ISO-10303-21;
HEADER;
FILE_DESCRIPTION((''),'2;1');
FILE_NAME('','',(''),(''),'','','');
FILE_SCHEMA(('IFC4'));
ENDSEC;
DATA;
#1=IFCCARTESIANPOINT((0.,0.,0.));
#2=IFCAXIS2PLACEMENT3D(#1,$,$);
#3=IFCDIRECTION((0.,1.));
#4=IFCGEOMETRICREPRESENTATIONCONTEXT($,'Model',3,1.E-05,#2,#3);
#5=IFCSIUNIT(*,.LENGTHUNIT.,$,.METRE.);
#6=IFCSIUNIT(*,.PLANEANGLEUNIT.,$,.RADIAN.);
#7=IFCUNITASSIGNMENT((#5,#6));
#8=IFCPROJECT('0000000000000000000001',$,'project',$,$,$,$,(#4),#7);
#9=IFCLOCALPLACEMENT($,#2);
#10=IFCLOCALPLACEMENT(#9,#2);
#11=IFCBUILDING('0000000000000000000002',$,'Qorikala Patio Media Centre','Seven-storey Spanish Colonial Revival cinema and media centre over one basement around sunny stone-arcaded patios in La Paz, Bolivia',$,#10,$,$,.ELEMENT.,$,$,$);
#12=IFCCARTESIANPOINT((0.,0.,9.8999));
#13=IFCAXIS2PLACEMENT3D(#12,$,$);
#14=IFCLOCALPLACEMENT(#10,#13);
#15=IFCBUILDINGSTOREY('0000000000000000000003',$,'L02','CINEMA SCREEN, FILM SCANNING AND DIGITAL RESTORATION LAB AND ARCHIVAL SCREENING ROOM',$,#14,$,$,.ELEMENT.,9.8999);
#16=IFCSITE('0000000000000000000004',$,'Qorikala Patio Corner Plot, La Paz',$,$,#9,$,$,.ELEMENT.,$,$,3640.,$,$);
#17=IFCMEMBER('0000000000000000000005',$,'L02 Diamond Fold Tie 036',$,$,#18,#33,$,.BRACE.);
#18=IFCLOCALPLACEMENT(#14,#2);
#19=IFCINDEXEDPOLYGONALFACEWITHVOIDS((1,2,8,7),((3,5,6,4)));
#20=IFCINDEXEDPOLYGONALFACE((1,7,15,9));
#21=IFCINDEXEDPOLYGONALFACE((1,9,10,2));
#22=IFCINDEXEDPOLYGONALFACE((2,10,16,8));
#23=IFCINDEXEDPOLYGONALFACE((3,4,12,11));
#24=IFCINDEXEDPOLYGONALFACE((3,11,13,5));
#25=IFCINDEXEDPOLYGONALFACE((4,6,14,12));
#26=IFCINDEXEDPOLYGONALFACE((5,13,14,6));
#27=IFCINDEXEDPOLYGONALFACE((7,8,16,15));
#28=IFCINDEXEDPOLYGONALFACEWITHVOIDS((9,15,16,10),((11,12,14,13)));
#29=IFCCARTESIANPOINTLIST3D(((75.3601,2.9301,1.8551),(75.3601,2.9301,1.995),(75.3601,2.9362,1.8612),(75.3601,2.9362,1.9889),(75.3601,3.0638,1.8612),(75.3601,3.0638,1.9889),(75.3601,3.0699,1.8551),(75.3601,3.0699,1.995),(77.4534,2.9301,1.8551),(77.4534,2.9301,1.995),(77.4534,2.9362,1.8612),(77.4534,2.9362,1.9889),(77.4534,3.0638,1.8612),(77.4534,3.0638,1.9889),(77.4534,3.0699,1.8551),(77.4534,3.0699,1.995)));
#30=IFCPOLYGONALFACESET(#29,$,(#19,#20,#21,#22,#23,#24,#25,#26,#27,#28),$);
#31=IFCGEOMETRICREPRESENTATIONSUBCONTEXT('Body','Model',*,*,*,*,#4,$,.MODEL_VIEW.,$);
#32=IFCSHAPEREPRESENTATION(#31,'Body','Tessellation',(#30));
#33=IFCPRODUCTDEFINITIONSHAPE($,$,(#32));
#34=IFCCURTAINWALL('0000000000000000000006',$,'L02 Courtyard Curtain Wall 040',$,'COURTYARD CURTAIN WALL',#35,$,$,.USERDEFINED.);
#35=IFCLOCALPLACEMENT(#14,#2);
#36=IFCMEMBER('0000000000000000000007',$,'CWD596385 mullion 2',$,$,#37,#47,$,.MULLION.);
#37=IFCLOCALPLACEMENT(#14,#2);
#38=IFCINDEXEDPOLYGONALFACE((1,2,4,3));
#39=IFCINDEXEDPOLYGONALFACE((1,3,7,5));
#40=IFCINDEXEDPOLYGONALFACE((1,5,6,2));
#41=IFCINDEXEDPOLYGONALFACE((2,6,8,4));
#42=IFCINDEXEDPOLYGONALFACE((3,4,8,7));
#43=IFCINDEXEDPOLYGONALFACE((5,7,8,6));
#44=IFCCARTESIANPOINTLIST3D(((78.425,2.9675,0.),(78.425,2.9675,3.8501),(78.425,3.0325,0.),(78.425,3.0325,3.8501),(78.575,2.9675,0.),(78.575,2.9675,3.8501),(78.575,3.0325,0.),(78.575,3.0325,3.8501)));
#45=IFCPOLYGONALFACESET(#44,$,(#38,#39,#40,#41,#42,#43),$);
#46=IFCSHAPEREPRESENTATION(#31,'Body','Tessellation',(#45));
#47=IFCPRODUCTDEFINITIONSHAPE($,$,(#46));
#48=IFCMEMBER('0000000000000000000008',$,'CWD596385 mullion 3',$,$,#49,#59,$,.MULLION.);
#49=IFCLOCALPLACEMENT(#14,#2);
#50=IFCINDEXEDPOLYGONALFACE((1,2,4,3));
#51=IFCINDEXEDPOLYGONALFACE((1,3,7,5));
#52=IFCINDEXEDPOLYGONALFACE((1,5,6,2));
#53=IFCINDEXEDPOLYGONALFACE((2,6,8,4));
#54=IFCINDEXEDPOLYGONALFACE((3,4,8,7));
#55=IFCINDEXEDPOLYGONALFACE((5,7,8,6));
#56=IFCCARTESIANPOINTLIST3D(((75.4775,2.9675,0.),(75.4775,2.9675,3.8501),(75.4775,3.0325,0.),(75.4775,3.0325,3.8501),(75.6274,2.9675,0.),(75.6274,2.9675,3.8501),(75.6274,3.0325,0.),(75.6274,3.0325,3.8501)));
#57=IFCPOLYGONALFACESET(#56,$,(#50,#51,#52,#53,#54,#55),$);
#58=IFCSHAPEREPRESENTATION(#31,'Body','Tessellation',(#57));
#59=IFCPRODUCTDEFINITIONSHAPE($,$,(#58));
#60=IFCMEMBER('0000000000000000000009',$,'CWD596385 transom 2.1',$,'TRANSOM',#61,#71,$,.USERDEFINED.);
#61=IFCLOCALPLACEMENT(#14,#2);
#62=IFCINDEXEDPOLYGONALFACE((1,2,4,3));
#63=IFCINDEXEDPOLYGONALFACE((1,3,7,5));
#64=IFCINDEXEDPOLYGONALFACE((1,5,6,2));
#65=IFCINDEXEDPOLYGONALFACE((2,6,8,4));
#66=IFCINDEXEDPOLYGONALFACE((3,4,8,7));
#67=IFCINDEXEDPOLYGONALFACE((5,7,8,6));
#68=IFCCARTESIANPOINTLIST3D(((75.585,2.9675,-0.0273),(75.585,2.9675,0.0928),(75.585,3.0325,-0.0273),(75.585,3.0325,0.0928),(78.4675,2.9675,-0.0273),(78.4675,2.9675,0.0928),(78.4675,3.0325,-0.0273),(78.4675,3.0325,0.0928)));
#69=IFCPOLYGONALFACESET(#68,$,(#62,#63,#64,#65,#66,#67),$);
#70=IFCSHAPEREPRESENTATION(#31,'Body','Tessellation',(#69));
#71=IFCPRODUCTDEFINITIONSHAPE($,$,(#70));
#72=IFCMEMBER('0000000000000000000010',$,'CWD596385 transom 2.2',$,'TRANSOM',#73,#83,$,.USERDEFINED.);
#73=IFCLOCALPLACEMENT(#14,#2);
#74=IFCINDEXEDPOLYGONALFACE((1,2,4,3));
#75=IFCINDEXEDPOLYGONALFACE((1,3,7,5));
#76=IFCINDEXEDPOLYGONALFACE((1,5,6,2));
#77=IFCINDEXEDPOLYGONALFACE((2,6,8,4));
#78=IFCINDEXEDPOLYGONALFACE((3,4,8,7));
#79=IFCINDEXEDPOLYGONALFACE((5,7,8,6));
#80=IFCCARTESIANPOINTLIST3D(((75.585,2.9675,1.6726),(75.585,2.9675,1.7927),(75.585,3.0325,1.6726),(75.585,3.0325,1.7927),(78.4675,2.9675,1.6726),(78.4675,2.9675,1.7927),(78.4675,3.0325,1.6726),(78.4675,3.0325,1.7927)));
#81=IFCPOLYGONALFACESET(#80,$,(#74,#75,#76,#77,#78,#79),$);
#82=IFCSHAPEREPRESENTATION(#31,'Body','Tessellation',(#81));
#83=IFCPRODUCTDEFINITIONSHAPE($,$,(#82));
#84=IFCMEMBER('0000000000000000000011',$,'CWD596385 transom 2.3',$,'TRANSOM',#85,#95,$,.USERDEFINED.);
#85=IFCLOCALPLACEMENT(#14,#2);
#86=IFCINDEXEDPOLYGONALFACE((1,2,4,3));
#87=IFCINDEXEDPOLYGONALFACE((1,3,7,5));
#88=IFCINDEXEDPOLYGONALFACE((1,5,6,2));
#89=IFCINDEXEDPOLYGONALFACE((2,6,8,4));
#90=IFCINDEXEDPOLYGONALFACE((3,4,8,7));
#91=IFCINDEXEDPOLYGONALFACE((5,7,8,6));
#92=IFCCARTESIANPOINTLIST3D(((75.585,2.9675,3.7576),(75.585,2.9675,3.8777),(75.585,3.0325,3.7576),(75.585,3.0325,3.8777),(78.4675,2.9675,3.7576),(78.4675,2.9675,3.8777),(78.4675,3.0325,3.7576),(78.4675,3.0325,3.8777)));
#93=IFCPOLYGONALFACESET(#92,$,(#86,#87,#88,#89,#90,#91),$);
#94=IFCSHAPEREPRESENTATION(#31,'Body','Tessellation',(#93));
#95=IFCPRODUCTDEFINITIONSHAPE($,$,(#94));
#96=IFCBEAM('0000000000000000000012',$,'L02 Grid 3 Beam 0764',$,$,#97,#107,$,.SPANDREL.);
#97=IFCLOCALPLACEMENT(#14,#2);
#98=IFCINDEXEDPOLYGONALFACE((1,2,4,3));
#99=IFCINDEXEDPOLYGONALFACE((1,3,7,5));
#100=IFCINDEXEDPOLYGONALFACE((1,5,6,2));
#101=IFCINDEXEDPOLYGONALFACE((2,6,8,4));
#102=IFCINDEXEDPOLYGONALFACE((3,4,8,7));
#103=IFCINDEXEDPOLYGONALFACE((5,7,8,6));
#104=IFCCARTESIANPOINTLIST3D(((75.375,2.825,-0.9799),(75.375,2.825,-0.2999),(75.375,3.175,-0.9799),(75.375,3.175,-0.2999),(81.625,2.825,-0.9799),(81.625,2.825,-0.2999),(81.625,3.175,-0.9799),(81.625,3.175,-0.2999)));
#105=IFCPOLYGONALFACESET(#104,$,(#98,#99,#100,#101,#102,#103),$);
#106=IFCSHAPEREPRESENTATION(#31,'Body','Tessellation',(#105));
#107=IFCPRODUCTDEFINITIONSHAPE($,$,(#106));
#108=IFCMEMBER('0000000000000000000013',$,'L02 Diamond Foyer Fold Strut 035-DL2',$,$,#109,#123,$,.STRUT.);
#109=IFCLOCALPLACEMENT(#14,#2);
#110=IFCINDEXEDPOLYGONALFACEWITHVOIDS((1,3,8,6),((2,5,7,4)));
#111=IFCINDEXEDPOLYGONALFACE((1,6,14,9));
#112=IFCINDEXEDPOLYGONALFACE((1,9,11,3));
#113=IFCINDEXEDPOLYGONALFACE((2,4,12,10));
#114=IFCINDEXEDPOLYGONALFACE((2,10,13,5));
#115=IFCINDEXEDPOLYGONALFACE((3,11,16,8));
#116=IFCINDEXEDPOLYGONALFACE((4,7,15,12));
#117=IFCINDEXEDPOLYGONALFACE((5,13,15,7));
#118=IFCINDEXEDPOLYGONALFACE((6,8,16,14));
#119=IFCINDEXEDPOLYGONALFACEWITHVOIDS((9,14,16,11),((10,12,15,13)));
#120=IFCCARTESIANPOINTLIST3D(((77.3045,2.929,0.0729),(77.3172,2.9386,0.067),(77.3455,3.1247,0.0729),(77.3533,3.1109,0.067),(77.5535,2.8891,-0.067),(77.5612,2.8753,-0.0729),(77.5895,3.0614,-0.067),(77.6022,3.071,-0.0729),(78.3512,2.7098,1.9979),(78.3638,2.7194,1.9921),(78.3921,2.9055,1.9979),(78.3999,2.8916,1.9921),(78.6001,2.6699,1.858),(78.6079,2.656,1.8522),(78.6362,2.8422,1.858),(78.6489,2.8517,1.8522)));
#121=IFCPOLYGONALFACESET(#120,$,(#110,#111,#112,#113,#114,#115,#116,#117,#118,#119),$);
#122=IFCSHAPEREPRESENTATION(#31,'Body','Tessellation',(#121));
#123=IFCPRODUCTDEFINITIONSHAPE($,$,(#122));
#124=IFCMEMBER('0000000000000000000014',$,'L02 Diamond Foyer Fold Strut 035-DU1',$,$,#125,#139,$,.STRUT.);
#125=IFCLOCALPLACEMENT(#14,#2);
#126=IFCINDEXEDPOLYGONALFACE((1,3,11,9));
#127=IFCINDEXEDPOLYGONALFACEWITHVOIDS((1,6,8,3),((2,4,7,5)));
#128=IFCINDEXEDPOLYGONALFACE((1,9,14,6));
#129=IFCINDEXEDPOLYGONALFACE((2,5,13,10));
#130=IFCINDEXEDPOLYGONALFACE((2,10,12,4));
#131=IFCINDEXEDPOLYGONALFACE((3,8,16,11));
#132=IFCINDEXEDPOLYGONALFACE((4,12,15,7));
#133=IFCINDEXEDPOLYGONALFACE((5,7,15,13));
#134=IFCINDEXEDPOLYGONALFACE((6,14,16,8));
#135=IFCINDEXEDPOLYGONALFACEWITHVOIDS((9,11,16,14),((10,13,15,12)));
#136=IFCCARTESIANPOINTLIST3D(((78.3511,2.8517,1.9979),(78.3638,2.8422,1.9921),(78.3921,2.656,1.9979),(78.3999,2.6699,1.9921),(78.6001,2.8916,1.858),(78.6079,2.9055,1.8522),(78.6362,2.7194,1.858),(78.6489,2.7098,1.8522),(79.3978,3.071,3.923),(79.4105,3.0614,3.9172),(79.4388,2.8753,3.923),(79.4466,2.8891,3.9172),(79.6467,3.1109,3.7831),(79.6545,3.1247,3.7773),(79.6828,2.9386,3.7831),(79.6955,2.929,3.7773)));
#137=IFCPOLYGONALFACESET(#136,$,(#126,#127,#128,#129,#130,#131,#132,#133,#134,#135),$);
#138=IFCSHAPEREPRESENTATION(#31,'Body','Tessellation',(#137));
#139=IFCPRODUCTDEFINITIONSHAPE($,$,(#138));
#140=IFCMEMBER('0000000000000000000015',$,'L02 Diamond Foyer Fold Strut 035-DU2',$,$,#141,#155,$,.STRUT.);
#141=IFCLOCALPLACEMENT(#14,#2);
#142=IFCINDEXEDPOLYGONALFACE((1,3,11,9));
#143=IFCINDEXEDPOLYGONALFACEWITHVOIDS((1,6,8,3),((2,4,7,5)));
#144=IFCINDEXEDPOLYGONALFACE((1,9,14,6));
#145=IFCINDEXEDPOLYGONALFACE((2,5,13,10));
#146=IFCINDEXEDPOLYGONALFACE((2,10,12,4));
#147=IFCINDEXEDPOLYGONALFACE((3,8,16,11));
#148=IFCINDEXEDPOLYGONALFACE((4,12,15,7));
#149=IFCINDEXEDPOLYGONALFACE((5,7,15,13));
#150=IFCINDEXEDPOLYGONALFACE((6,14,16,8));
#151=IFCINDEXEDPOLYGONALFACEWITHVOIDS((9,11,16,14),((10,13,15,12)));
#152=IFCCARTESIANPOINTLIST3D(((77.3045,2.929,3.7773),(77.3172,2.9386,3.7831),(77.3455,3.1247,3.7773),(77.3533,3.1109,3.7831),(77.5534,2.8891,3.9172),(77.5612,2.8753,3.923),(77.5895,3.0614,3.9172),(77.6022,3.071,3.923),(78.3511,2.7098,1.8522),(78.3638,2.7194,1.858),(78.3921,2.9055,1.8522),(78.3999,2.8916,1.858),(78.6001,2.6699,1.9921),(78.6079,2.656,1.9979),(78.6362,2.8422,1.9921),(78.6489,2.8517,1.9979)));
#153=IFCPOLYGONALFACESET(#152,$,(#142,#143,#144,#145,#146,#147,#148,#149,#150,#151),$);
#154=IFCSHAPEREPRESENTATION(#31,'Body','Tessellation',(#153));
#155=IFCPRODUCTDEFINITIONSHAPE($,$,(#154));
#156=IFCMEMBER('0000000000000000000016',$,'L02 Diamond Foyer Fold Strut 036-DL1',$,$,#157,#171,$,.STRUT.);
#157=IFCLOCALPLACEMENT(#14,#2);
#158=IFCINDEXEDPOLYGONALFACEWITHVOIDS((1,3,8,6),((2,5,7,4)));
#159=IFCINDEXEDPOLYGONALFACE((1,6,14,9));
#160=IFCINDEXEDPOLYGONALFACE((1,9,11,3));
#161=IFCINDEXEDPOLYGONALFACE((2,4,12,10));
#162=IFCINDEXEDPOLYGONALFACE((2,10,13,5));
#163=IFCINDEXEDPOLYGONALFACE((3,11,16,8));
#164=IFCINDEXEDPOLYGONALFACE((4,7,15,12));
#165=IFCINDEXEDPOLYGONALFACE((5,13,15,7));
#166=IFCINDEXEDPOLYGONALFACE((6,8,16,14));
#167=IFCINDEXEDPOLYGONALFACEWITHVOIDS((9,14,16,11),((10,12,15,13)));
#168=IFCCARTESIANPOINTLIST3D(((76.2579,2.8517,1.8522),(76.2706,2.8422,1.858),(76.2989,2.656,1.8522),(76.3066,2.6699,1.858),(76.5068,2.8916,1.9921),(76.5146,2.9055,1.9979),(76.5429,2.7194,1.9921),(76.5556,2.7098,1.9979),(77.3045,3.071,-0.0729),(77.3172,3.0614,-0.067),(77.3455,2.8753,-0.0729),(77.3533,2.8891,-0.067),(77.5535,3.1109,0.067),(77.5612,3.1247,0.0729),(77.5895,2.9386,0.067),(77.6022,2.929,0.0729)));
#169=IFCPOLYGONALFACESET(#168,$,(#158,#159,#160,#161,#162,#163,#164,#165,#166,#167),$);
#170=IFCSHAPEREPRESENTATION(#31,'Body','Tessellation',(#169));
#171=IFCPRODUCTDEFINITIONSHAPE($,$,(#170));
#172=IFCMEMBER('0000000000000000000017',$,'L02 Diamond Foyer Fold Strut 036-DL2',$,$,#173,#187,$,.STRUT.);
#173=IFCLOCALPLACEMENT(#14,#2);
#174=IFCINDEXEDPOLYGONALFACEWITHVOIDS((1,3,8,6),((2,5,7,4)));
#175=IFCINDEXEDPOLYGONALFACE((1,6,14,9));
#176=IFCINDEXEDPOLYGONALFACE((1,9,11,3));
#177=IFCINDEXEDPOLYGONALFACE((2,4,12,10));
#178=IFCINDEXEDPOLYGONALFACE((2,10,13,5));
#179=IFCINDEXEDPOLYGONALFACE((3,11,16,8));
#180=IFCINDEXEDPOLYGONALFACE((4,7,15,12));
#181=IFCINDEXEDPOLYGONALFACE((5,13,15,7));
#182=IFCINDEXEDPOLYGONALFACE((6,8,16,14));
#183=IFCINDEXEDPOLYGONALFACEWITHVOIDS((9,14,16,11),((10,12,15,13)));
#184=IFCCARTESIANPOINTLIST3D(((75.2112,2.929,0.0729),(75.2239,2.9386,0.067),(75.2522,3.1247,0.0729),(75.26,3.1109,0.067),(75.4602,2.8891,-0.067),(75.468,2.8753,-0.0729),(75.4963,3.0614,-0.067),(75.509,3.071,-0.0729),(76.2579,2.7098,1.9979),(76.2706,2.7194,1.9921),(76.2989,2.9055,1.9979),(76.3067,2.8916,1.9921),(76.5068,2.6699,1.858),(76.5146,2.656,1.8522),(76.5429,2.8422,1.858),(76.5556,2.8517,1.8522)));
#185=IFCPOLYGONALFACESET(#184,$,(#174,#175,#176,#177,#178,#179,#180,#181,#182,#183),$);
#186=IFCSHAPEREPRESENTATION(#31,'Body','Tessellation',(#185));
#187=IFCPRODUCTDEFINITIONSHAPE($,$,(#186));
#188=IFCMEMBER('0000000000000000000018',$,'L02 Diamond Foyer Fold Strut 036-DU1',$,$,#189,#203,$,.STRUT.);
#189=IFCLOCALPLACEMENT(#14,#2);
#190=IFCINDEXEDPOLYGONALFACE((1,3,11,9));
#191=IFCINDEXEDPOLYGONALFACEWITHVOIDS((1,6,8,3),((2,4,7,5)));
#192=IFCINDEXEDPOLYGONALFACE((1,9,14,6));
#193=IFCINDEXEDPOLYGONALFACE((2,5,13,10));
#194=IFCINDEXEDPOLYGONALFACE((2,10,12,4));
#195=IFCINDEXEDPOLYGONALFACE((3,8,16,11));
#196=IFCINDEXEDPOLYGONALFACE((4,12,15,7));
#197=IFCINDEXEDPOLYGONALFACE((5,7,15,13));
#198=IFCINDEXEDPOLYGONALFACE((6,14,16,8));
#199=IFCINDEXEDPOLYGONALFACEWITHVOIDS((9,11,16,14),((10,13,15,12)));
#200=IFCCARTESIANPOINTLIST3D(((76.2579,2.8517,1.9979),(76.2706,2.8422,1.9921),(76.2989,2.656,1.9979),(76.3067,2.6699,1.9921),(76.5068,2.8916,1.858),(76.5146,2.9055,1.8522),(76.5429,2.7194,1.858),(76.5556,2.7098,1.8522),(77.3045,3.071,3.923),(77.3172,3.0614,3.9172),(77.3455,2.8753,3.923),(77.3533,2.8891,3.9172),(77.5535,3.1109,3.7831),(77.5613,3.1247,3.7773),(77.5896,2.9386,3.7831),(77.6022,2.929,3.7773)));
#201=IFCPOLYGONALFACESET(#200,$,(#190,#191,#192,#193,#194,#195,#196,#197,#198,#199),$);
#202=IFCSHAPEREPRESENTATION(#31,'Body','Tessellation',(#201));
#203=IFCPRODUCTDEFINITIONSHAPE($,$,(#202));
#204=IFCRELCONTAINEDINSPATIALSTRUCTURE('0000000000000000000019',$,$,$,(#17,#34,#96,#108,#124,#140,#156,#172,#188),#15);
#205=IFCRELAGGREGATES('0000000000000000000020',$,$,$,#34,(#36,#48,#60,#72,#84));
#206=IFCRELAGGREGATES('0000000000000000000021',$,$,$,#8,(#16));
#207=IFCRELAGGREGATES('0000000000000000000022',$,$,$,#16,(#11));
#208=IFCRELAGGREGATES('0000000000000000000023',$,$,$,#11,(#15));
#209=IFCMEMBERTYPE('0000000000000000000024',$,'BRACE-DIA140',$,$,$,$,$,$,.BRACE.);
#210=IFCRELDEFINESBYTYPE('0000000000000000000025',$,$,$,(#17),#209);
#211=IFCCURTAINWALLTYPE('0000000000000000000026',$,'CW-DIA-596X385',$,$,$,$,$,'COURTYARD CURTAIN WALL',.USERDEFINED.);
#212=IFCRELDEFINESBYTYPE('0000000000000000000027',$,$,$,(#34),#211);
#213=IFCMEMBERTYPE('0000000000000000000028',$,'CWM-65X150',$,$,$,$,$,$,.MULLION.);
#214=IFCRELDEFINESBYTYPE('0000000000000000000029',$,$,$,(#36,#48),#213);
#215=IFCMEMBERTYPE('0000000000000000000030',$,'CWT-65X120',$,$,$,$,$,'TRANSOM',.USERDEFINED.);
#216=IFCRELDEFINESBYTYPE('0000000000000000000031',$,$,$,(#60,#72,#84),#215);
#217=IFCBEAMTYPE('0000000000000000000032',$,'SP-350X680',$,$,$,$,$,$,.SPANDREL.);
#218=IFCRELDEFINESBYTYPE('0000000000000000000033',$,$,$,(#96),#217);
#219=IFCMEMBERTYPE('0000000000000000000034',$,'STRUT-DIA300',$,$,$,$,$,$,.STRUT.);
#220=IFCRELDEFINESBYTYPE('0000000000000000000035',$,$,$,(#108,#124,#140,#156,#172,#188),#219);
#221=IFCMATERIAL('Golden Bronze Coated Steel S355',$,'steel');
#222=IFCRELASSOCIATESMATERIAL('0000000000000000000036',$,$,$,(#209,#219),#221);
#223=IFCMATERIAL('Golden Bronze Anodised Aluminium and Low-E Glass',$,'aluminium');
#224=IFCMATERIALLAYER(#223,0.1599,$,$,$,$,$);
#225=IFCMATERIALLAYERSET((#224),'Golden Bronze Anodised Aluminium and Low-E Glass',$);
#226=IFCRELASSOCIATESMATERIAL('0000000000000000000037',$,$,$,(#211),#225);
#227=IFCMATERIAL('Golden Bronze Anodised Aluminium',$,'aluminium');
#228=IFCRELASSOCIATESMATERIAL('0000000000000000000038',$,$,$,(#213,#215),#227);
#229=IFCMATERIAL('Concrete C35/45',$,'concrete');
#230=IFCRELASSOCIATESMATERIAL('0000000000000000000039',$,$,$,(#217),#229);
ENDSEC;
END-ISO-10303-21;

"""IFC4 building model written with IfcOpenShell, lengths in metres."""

from ifc_helpers import new_model, si_unit, direction, frame, origin, origin_2d, place, context, subcontext, project, spatial, rectangle, hollow_rectangle, extrude, material, layer, layer_set, material_profile, profile_set, type_object, element, aggregate, save


model = new_model("IFC4")

# Units and contexts
model_context = context("Model", 3, precision=1e-05, world=origin(), true_north=direction((0.0, 1.0)))
body_context = subcontext(model_context, "Body", "Model", "MODEL_VIEW")
ifc_project = project(units=[si_unit("LENGTHUNIT", "METRE"), si_unit("PLANEANGLEUNIT", "RADIAN")], contexts=[model_context])

# Site, building, storey
site_placement = place(None, origin())
site = spatial("IfcSite", under=ifc_project, at=site_placement, Name="Qorikala Patio Corner Plot, La Paz", CompositionType="ELEMENT", RefElevation=3640.0)
building_placement = place(site_placement, origin())
building = spatial("IfcBuilding", under=site, at=building_placement, Name="Qorikala Patio Media Centre", Description="Seven-storey Spanish Colonial Revival cinema and media centre over one basement around sunny stone-arcaded patios in La Paz, Bolivia", CompositionType="ELEMENT")
storey_placement = place(building_placement, frame((0.0, 0.0, 9.8999)))
storey = spatial("IfcBuildingStorey", under=building, at=storey_placement, Name="L02", Description="CINEMA SCREEN, FILM SCANNING AND DIGITAL RESTORATION LAB AND ARCHIVAL SCREENING ROOM", CompositionType="ELEMENT", Elevation=9.8999)

# Member
ifc_material_1 = material(Name="Golden Bronze Coated Steel S355", Category="steel")
ifc_material_profile_1 = material_profile(ifc_material_1, hollow_rectangle(XDim=0.1399, YDim=0.1399, WallThickness=0.0061, at=origin_2d()), Name="HSS140X140X6")
ifc_profile_set_1 = profile_set([ifc_material_profile_1], Name="Golden Bronze Coated Steel S355")
member_type_1 = type_object("IfcMemberType", Name="BRACE-DIA140", PredefinedType="BRACE", material=ifc_profile_set_1)
member_1_placement = place(storey_placement, frame((77.4534, 3.0, 1.925), z_axis=(-1.0, 0.0, 0.0), x_axis=(0.0, -1.0, 0.0)))
element("IfcMember", 1, at=member_1_placement, inside=storey, type_object=member_type_1, Name="L02 Diamond Fold Tie 036", PredefinedType="BRACE", context=body_context, shape_type="SweptSolid", body=[
    extrude(hollow_rectangle(XDim=0.1399, YDim=0.1399, WallThickness=0.0061, at=origin_2d()), origin(), (0.0, 0.0, 1.0), 2.0933),
])

# Curtain wall, members
ifc_material_2 = material(Name="Golden Bronze Anodised Aluminium and Low-E Glass", Category="aluminium")
ifc_layer_1 = layer(ifc_material_2, 0.1599)
ifc_layer_set_1 = layer_set([ifc_layer_1], Name="Golden Bronze Anodised Aluminium and Low-E Glass")
curtain_wall_type = type_object("IfcCurtainWallType", Name="CW-DIA-596X385", ElementType="COURTYARD CURTAIN WALL", PredefinedType="USERDEFINED", material=ifc_layer_set_1)
curtain_wall_placement = place(storey_placement, origin())
curtain_wall = element("IfcCurtainWall", 2, at=curtain_wall_placement, inside=storey, type_object=curtain_wall_type, Name="L02 Courtyard Curtain Wall 040", ObjectType="COURTYARD CURTAIN WALL", PredefinedType="USERDEFINED")
ifc_material_3 = material(Name="Golden Bronze Anodised Aluminium", Category="aluminium")
ifc_material_profile_2 = material_profile(ifc_material_3, rectangle(XDim=0.0649, YDim=0.1499, at=origin_2d()), Name="ALU MULLION 65x150")
ifc_profile_set_2 = profile_set([ifc_material_profile_2], Name="Golden Bronze Anodised Aluminium")
member_type_2 = type_object("IfcMemberType", Name="CWM-65X150", PredefinedType="MULLION", material=ifc_profile_set_2)
member_2_placement = place(storey_placement, frame((78.5, 3.0, 0.0), z_axis=(0.0, 0.0, 1.0), x_axis=(0.0, -1.0, 0.0)))
member_2 = element("IfcMember", 3, at=member_2_placement, type_object=member_type_2, Name="CWD596385 mullion 2", PredefinedType="MULLION", context=body_context, shape_type="SweptSolid", body=[
    extrude(rectangle(XDim=0.0649, YDim=0.1499, at=origin_2d()), origin(), (0.0, 0.0, 1.0), 3.8501),
])
member_3_placement = place(storey_placement, frame((75.5525, 3.0, 0.0), z_axis=(0.0, 0.0, 1.0), x_axis=(0.0, -1.0, 0.0)))
member_3 = element("IfcMember", 4, at=member_3_placement, type_object=member_type_2, Name="CWD596385 mullion 3", PredefinedType="MULLION", context=body_context, shape_type="SweptSolid", body=[
    extrude(rectangle(XDim=0.0649, YDim=0.1499, at=origin_2d()), origin(), (0.0, 0.0, 1.0), 3.8501),
])
ifc_material_profile_3 = material_profile(ifc_material_3, rectangle(XDim=0.0649, YDim=0.1201, at=origin_2d()), Name="ALU TRANSOM 65x120")
ifc_profile_set_3 = profile_set([ifc_material_profile_3], Name="Golden Bronze Anodised Aluminium")
member_type_3 = type_object("IfcMemberType", Name="CWT-65X120", ElementType="TRANSOM", PredefinedType="USERDEFINED", material=ifc_profile_set_3)
member_4_placement = place(storey_placement, frame((78.4675, 3.0, 0.0327), z_axis=(-1.0, 0.0, 0.0), x_axis=(0.0, -1.0, 0.0)))
member_4 = element("IfcMember", 5, at=member_4_placement, type_object=member_type_3, Name="CWD596385 transom 2.1", ObjectType="TRANSOM", PredefinedType="USERDEFINED", context=body_context, shape_type="SweptSolid", body=[
    extrude(rectangle(XDim=0.0649, YDim=0.1201, at=origin_2d()), origin(), (0.0, 0.0, 1.0), 2.8826),
])
member_5_placement = place(storey_placement, frame((78.4675, 3.0, 1.7327), z_axis=(-1.0, 0.0, 0.0), x_axis=(0.0, -1.0, 0.0)))
member_5 = element("IfcMember", 6, at=member_5_placement, type_object=member_type_3, Name="CWD596385 transom 2.2", ObjectType="TRANSOM", PredefinedType="USERDEFINED", context=body_context, shape_type="SweptSolid", body=[
    extrude(rectangle(XDim=0.0649, YDim=0.1201, at=origin_2d()), origin(), (0.0, 0.0, 1.0), 2.8826),
])
member_6_placement = place(storey_placement, frame((78.4675, 3.0, 3.8176), z_axis=(-1.0, 0.0, 0.0), x_axis=(0.0, -1.0, 0.0)))
member_6 = element("IfcMember", 7, at=member_6_placement, type_object=member_type_3, Name="CWD596385 transom 2.3", ObjectType="TRANSOM", PredefinedType="USERDEFINED", context=body_context, shape_type="SweptSolid", body=[
    extrude(rectangle(XDim=0.0649, YDim=0.1201, at=origin_2d()), origin(), (0.0, 0.0, 1.0), 2.8826),
])

# Beam
ifc_material_4 = material(Name="Concrete C35/45", Category="concrete")
ifc_material_profile_4 = material_profile(ifc_material_4, rectangle(XDim=0.3501, YDim=0.6799, at=origin_2d()), Name="RC 350x680")
ifc_profile_set_4 = profile_set([ifc_material_profile_4], Name="Concrete C35/45")
beam_type = type_object("IfcBeamType", Name="SP-350X680", PredefinedType="SPANDREL", material=ifc_profile_set_4)
beam_placement = place(storey_placement, frame((75.375, 3.0, -0.6399), z_axis=(1.0, 0.0, 0.0), x_axis=(0.0, 1.0, 0.0)))
element("IfcBeam", 8, at=beam_placement, inside=storey, type_object=beam_type, Name="L02 Grid 3 Beam 0764", PredefinedType="SPANDREL", context=body_context, shape_type="SweptSolid", body=[
    extrude(rectangle(XDim=0.3501, YDim=0.6799, at=origin_2d()), origin(), (0.0, 0.0, 1.0), 6.25),
])

# Members
ifc_material_profile_5 = material_profile(ifc_material_1, hollow_rectangle(XDim=0.2, YDim=0.3, WallThickness=0.012, at=origin_2d()), Name="HSS300X200X12")
ifc_profile_set_5 = profile_set([ifc_material_profile_5], Name="Golden Bronze Coated Steel S355")
member_type_4 = type_object("IfcMemberType", Name="STRUT-DIA300", PredefinedType="STRUT", material=ifc_profile_set_5)
for number, where, z_axis, x_axis, name in (
    (9, (77.4534, 3.0, 0.0), (0.475284, -0.099558, 0.874181), (0.205021, 0.978758, 0.0), "L02 Diamond Foyer Fold Strut 035-DL2"),
    (10, (78.5, 2.7808, 1.925), (0.475284, 0.099558, 0.874181), (-0.205021, 0.978758, 0.0), "L02 Diamond Foyer Fold Strut 035-DU1"),
    (11, (78.5, 2.7808, 1.925), (-0.475284, 0.099558, 0.874181), (-0.205021, -0.978758, 0.0), "L02 Diamond Foyer Fold Strut 035-DU2"),
    (12, (77.4534, 3.0, 0.0), (-0.475284, -0.099558, 0.874181), (0.205021, -0.978758, 0.0), "L02 Diamond Foyer Fold Strut 036-DL1"),
    (13, (75.3601, 3.0, 0.0), (0.475284, -0.099558, 0.874181), (0.205021, 0.978758, 0.0), "L02 Diamond Foyer Fold Strut 036-DL2"),
    (14, (76.4067, 2.7808, 1.925), (0.475284, 0.099558, 0.874181), (-0.205021, 0.978758, 0.0), "L02 Diamond Foyer Fold Strut 036-DU1"),
):
    element("IfcMember", number, at=place(storey_placement, frame(where, z_axis=z_axis, x_axis=x_axis)), inside=storey, type_object=member_type_4, Name=name, PredefinedType="STRUT", context=body_context, shape_type="SweptSolid", body=[
        extrude(hollow_rectangle(XDim=0.2, YDim=0.3, WallThickness=0.012, at=origin_2d()), origin(), (0.0, 0.0, 1.0), 2.2021),
    ])

aggregate(curtain_wall, [member_2, member_3, member_4, member_5, member_6])

save(model, "model.ifc")
